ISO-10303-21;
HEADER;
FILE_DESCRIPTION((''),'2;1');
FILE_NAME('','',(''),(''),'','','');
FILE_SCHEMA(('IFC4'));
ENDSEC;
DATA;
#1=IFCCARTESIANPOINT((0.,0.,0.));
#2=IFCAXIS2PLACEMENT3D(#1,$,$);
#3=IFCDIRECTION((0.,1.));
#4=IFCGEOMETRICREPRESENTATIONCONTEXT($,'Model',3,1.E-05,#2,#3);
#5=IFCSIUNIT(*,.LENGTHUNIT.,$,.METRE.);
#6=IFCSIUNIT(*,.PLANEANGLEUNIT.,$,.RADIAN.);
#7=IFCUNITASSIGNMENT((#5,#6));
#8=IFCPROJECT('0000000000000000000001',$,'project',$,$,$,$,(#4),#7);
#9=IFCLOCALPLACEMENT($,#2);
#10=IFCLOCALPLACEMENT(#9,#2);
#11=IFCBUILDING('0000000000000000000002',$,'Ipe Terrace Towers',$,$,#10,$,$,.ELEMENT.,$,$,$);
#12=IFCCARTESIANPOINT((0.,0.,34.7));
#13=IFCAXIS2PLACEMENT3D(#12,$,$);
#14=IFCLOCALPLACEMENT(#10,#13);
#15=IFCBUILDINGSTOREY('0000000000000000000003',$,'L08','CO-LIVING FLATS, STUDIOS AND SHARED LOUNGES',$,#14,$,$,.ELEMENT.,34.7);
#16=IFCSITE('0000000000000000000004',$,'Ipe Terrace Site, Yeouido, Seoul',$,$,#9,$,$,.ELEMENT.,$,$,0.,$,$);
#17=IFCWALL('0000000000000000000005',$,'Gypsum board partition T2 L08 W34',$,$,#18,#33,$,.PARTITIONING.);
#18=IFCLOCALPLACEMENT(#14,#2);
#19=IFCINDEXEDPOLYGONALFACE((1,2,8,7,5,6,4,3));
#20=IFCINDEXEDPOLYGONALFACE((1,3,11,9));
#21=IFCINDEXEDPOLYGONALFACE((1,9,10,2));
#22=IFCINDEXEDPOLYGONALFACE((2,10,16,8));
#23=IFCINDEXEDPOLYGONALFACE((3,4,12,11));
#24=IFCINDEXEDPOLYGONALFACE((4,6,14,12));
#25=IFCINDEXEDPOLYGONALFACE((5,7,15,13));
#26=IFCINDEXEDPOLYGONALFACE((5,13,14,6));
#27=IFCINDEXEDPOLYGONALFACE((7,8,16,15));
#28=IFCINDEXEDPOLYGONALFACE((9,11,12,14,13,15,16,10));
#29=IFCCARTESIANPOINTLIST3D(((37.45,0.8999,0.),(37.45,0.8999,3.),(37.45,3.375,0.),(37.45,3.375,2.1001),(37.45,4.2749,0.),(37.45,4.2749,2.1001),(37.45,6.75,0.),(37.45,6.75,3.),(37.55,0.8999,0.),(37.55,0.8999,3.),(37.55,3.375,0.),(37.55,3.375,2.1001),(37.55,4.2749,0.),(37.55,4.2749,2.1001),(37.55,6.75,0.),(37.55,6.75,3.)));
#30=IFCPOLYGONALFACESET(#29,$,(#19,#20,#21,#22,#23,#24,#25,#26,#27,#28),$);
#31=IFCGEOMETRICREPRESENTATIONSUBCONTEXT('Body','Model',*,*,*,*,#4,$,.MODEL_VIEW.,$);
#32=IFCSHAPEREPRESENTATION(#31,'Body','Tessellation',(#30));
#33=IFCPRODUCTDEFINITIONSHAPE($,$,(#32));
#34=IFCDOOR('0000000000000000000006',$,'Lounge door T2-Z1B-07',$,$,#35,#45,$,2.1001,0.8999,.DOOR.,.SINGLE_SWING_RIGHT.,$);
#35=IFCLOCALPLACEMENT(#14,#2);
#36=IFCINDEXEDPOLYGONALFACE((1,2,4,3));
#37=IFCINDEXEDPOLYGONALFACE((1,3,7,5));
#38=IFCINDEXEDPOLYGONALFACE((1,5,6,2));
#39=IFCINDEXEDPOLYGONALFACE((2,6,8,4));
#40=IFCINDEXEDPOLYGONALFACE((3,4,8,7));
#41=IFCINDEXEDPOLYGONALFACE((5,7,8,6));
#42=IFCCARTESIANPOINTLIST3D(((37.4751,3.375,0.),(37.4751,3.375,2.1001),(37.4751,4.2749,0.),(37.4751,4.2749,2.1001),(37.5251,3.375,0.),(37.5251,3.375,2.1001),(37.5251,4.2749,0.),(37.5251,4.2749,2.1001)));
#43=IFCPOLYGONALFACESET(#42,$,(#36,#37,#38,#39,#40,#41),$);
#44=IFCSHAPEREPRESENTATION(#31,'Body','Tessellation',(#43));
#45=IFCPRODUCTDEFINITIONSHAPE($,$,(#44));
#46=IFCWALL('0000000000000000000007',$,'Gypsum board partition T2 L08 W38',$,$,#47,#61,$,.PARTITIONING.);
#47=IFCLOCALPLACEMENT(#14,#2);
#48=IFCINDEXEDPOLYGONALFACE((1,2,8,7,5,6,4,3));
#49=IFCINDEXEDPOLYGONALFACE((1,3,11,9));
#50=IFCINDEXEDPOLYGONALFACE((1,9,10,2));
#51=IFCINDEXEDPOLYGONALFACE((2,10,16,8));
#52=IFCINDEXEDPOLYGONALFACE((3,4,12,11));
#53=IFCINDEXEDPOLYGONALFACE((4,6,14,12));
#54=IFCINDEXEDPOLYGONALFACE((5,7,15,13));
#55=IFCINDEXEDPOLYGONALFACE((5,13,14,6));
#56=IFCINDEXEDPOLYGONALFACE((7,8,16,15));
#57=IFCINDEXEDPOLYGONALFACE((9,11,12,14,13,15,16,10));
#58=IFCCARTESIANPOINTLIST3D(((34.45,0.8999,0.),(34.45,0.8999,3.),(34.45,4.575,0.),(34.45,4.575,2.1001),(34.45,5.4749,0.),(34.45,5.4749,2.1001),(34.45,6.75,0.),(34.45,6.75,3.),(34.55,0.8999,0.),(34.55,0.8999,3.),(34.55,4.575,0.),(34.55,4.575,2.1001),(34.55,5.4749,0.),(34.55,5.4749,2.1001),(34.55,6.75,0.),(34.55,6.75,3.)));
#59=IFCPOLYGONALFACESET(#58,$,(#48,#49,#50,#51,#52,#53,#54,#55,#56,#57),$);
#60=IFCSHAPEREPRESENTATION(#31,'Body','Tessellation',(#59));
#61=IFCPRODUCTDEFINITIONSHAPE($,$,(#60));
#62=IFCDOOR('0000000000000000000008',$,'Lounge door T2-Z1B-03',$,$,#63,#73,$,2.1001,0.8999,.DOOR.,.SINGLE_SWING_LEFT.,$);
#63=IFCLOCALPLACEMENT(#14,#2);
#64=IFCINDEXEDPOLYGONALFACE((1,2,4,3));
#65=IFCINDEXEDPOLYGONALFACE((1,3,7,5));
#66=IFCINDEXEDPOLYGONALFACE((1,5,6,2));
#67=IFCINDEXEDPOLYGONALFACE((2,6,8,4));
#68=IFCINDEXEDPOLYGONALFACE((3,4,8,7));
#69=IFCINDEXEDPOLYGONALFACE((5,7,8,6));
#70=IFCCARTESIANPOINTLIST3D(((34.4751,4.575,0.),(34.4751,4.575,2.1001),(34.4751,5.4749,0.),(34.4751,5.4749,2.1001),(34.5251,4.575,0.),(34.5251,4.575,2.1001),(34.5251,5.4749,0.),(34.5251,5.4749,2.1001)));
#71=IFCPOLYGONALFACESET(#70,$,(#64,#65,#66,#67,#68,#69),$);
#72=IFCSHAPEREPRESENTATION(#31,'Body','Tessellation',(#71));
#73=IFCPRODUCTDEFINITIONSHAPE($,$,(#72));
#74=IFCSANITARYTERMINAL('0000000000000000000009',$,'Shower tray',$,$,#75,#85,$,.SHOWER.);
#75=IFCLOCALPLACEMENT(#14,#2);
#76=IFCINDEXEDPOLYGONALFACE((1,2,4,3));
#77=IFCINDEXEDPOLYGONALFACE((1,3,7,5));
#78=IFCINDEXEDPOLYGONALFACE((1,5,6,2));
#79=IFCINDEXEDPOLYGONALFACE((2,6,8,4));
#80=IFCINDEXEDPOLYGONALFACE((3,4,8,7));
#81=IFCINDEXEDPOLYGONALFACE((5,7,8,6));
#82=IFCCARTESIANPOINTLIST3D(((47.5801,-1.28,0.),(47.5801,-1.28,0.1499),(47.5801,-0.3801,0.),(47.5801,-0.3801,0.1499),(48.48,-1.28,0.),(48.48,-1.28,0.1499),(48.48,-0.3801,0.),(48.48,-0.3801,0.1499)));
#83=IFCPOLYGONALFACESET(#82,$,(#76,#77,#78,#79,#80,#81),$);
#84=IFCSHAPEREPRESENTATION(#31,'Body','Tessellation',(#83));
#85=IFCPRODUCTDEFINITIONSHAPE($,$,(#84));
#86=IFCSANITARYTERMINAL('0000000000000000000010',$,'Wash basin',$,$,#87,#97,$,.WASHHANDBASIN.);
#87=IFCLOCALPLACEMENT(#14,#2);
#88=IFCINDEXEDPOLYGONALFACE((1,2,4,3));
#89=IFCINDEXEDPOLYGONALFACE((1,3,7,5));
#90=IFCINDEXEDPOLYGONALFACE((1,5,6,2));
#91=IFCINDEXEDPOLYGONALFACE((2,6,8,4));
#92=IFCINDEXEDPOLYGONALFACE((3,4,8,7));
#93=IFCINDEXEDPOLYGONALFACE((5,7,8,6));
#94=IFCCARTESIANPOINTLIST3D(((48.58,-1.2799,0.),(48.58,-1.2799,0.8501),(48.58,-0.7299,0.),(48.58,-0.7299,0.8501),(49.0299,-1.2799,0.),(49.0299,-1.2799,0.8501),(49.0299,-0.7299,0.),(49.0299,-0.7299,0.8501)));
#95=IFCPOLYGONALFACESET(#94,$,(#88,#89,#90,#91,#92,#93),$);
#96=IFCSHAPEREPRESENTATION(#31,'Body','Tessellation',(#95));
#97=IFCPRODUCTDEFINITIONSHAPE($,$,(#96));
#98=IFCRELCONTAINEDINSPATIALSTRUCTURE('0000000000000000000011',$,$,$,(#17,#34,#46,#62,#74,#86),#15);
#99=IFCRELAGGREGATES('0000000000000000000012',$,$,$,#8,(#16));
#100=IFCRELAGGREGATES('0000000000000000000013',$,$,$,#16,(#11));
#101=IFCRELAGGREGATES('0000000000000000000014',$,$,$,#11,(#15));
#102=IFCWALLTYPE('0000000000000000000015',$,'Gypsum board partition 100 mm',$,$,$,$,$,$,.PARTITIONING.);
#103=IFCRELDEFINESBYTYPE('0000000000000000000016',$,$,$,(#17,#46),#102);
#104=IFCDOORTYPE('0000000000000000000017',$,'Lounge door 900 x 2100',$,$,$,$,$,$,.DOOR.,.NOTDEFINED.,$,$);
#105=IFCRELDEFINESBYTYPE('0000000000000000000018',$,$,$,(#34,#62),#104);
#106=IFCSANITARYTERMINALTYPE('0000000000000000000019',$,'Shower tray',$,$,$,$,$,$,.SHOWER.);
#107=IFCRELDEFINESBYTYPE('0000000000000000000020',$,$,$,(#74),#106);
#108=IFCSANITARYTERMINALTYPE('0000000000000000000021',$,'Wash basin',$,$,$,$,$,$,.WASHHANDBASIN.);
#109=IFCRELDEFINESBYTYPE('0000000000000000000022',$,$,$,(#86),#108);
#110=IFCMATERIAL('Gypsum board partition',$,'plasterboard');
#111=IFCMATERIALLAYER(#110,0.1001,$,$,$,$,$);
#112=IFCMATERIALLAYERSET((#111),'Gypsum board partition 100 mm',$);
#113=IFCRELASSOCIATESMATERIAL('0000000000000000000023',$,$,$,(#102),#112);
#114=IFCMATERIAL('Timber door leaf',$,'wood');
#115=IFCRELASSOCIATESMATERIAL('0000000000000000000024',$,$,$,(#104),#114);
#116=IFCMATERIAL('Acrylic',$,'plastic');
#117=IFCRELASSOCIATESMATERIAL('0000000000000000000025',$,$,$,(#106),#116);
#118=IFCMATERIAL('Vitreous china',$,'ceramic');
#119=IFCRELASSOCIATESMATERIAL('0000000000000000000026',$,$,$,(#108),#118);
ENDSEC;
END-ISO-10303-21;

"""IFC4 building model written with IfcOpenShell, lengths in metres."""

from ifc_helpers import new_model, si_unit, direction, frame, frame_2d, origin, origin_2d, place, context, subcontext, project, spatial, rectangle, extrude, material, layer, layer_set, type_object, element, fill, save


model = new_model("IFC4")

# Units and contexts
model_context = context("Model", 3, precision=1e-05, world=origin(), true_north=direction((0.0, 1.0)))
body_context = subcontext(model_context, "Body", "Model", "MODEL_VIEW")
ifc_project = project(units=[si_unit("LENGTHUNIT", "METRE"), si_unit("PLANEANGLEUNIT", "RADIAN")], contexts=[model_context])

# Site, building, storey
site_placement = place(None, origin())
site = spatial("IfcSite", under=ifc_project, at=site_placement, Name="Ipe Terrace Site, Yeouido, Seoul", CompositionType="ELEMENT", RefElevation=0.0)
building_placement = place(site_placement, origin())
building = spatial("IfcBuilding", under=site, at=building_placement, Name="Ipe Terrace Towers", CompositionType="ELEMENT")
storey_placement = place(building_placement, frame((0.0, 0.0, 34.7)))
storey = spatial("IfcBuildingStorey", under=building, at=storey_placement, Name="L08", Description="CO-LIVING FLATS, STUDIOS AND SHARED LOUNGES", CompositionType="ELEMENT", Elevation=34.7)

# Shared definitions
ifc_material_1 = material(Name="Gypsum board partition", Category="plasterboard")
ifc_layer_1 = layer(ifc_material_1, 0.1001)
ifc_layer_set_1 = layer_set([ifc_layer_1], Name="Gypsum board partition 100 mm")
wall_type = type_object("IfcWallType", Name="Gypsum board partition 100 mm", PredefinedType="PARTITIONING", material=ifc_layer_set_1)

# Shared definitions
ifc_material_2 = material(Name="Timber door leaf", Category="wood")
door_type_1 = type_object("IfcDoorType", Name="Lounge door 900 x 2100", OperationType="NOTDEFINED", PredefinedType="DOOR", material=ifc_material_2)

# Walls, openings, doors
wall_1_placement = place(storey_placement, frame((37.5, 0.8999, 0.0), z_axis=(0.0, 0.0, 1.0), x_axis=(0.0, 1.0, 0.0)))
wall_1 = element("IfcWall", 1, at=wall_1_placement, inside=storey, type_object=wall_type, Name="Gypsum board partition T2 L08 W34", PredefinedType="PARTITIONING", context=body_context, shape_type="SweptSolid", body=[
    extrude(rectangle(XDim=5.8501, YDim=0.1001, at=frame_2d((2.925, 0.0))), origin(), (0.0, 0.0, 1.0), 3.0),
])
opening_1_placement = place(wall_1_placement, frame((2.4751, 0.0, 0.0)))
opening_1 = element("IfcOpeningElement", 2, at=opening_1_placement, cuts=wall_1, PredefinedType="OPENING", context=body_context, shape_type="SweptSolid", body=[
    extrude(rectangle(XDim=0.8999, YDim=2.1001, at=frame_2d((0.45, 1.05))), frame((0.0, 0.0601, 0.0), z_axis=(0.0, -1.0, 0.0), x_axis=(1.0, 0.0, 0.0)), (0.0, 0.0, 1.0), 0.1201),
])
door_1_placement = place(opening_1_placement, origin())
door_1 = element("IfcDoor", 3, at=door_1_placement, inside=storey, type_object=door_type_1, Name="Lounge door T2-Z1B-07", OperationType="SINGLE_SWING_RIGHT", OverallHeight=2.1001, OverallWidth=0.8999, PredefinedType="DOOR", context=body_context, shape_type="SweptSolid", body=[
    extrude(rectangle(XDim=0.8999, YDim=2.1001, at=frame_2d((0.45, 1.05))), frame((0.0, 0.0249, 0.0), z_axis=(0.0, -1.0, 0.0), x_axis=(1.0, 0.0, 0.0)), (0.0, 0.0, 1.0), 0.05),
])
fill(opening_1, door_1)
wall_2_placement = place(storey_placement, frame((34.5, 0.8999, 0.0), z_axis=(0.0, 0.0, 1.0), x_axis=(0.0, 1.0, 0.0)))
wall_2 = element("IfcWall", 4, at=wall_2_placement, inside=storey, type_object=wall_type, Name="Gypsum board partition T2 L08 W38", PredefinedType="PARTITIONING", context=body_context, shape_type="SweptSolid", body=[
    extrude(rectangle(XDim=5.8501, YDim=0.1001, at=frame_2d((2.925, 0.0))), origin(), (0.0, 0.0, 1.0), 3.0),
])
opening_2_placement = place(wall_2_placement, frame((3.675, 0.0, 0.0)))
opening_2 = element("IfcOpeningElement", 5, at=opening_2_placement, cuts=wall_2, PredefinedType="OPENING", context=body_context, shape_type="SweptSolid", body=[
    extrude(rectangle(XDim=0.8999, YDim=2.1001, at=frame_2d((0.45, 1.05))), frame((0.0, 0.0601, 0.0), z_axis=(0.0, -1.0, 0.0), x_axis=(1.0, 0.0, 0.0)), (0.0, 0.0, 1.0), 0.1201),
])
door_2_placement = place(opening_2_placement, origin())
door_2 = element("IfcDoor", 6, at=door_2_placement, inside=storey, type_object=door_type_1, Name="Lounge door T2-Z1B-03", OperationType="SINGLE_SWING_LEFT", OverallHeight=2.1001, OverallWidth=0.8999, PredefinedType="DOOR", context=body_context, shape_type="SweptSolid", body=[
    extrude(rectangle(XDim=0.8999, YDim=2.1001, at=frame_2d((0.45, 1.05))), frame((0.0, 0.0249, 0.0), z_axis=(0.0, -1.0, 0.0), x_axis=(1.0, 0.0, 0.0)), (0.0, 0.0, 1.0), 0.05),
])
fill(opening_2, door_2)

# Sanitary terminals
ifc_material_3 = material(Name="Acrylic", Category="plastic")
sanitary_terminal_type_1 = type_object("IfcSanitaryTerminalType", Name="Shower tray", PredefinedType="SHOWER", material=ifc_material_3)
sanitary_terminal_1_placement = place(storey_placement, frame((48.03, -0.8301, 0.0), z_axis=(0.0, 0.0, 1.0), x_axis=(0.0, 1.0, 0.0)))
element("IfcSanitaryTerminal", 7, at=sanitary_terminal_1_placement, inside=storey, type_object=sanitary_terminal_type_1, Name="Shower tray", PredefinedType="SHOWER", context=body_context, shape_type="SweptSolid", body=[
    extrude(rectangle(XDim=0.8999, YDim=0.8999, at=origin_2d()), origin(), (0.0, 0.0, 1.0), 0.1499),
])
ifc_material_4 = material(Name="Vitreous china", Category="ceramic")
sanitary_terminal_type_2 = type_object("IfcSanitaryTerminalType", Name="Wash basin", PredefinedType="WASHHANDBASIN", material=ifc_material_4)
sanitary_terminal_2_placement = place(storey_placement, frame((48.8049, -1.0049, 0.0), z_axis=(0.0, 0.0, 1.0), x_axis=(0.0, 1.0, 0.0)))
element("IfcSanitaryTerminal", 8, at=sanitary_terminal_2_placement, inside=storey, type_object=sanitary_terminal_type_2, Name="Wash basin", PredefinedType="WASHHANDBASIN", context=body_context, shape_type="SweptSolid", body=[
    extrude(rectangle(XDim=0.55, YDim=0.45, at=origin_2d()), origin(), (0.0, 0.0, 1.0), 0.8501),
])

save(model, "model.ifc")
